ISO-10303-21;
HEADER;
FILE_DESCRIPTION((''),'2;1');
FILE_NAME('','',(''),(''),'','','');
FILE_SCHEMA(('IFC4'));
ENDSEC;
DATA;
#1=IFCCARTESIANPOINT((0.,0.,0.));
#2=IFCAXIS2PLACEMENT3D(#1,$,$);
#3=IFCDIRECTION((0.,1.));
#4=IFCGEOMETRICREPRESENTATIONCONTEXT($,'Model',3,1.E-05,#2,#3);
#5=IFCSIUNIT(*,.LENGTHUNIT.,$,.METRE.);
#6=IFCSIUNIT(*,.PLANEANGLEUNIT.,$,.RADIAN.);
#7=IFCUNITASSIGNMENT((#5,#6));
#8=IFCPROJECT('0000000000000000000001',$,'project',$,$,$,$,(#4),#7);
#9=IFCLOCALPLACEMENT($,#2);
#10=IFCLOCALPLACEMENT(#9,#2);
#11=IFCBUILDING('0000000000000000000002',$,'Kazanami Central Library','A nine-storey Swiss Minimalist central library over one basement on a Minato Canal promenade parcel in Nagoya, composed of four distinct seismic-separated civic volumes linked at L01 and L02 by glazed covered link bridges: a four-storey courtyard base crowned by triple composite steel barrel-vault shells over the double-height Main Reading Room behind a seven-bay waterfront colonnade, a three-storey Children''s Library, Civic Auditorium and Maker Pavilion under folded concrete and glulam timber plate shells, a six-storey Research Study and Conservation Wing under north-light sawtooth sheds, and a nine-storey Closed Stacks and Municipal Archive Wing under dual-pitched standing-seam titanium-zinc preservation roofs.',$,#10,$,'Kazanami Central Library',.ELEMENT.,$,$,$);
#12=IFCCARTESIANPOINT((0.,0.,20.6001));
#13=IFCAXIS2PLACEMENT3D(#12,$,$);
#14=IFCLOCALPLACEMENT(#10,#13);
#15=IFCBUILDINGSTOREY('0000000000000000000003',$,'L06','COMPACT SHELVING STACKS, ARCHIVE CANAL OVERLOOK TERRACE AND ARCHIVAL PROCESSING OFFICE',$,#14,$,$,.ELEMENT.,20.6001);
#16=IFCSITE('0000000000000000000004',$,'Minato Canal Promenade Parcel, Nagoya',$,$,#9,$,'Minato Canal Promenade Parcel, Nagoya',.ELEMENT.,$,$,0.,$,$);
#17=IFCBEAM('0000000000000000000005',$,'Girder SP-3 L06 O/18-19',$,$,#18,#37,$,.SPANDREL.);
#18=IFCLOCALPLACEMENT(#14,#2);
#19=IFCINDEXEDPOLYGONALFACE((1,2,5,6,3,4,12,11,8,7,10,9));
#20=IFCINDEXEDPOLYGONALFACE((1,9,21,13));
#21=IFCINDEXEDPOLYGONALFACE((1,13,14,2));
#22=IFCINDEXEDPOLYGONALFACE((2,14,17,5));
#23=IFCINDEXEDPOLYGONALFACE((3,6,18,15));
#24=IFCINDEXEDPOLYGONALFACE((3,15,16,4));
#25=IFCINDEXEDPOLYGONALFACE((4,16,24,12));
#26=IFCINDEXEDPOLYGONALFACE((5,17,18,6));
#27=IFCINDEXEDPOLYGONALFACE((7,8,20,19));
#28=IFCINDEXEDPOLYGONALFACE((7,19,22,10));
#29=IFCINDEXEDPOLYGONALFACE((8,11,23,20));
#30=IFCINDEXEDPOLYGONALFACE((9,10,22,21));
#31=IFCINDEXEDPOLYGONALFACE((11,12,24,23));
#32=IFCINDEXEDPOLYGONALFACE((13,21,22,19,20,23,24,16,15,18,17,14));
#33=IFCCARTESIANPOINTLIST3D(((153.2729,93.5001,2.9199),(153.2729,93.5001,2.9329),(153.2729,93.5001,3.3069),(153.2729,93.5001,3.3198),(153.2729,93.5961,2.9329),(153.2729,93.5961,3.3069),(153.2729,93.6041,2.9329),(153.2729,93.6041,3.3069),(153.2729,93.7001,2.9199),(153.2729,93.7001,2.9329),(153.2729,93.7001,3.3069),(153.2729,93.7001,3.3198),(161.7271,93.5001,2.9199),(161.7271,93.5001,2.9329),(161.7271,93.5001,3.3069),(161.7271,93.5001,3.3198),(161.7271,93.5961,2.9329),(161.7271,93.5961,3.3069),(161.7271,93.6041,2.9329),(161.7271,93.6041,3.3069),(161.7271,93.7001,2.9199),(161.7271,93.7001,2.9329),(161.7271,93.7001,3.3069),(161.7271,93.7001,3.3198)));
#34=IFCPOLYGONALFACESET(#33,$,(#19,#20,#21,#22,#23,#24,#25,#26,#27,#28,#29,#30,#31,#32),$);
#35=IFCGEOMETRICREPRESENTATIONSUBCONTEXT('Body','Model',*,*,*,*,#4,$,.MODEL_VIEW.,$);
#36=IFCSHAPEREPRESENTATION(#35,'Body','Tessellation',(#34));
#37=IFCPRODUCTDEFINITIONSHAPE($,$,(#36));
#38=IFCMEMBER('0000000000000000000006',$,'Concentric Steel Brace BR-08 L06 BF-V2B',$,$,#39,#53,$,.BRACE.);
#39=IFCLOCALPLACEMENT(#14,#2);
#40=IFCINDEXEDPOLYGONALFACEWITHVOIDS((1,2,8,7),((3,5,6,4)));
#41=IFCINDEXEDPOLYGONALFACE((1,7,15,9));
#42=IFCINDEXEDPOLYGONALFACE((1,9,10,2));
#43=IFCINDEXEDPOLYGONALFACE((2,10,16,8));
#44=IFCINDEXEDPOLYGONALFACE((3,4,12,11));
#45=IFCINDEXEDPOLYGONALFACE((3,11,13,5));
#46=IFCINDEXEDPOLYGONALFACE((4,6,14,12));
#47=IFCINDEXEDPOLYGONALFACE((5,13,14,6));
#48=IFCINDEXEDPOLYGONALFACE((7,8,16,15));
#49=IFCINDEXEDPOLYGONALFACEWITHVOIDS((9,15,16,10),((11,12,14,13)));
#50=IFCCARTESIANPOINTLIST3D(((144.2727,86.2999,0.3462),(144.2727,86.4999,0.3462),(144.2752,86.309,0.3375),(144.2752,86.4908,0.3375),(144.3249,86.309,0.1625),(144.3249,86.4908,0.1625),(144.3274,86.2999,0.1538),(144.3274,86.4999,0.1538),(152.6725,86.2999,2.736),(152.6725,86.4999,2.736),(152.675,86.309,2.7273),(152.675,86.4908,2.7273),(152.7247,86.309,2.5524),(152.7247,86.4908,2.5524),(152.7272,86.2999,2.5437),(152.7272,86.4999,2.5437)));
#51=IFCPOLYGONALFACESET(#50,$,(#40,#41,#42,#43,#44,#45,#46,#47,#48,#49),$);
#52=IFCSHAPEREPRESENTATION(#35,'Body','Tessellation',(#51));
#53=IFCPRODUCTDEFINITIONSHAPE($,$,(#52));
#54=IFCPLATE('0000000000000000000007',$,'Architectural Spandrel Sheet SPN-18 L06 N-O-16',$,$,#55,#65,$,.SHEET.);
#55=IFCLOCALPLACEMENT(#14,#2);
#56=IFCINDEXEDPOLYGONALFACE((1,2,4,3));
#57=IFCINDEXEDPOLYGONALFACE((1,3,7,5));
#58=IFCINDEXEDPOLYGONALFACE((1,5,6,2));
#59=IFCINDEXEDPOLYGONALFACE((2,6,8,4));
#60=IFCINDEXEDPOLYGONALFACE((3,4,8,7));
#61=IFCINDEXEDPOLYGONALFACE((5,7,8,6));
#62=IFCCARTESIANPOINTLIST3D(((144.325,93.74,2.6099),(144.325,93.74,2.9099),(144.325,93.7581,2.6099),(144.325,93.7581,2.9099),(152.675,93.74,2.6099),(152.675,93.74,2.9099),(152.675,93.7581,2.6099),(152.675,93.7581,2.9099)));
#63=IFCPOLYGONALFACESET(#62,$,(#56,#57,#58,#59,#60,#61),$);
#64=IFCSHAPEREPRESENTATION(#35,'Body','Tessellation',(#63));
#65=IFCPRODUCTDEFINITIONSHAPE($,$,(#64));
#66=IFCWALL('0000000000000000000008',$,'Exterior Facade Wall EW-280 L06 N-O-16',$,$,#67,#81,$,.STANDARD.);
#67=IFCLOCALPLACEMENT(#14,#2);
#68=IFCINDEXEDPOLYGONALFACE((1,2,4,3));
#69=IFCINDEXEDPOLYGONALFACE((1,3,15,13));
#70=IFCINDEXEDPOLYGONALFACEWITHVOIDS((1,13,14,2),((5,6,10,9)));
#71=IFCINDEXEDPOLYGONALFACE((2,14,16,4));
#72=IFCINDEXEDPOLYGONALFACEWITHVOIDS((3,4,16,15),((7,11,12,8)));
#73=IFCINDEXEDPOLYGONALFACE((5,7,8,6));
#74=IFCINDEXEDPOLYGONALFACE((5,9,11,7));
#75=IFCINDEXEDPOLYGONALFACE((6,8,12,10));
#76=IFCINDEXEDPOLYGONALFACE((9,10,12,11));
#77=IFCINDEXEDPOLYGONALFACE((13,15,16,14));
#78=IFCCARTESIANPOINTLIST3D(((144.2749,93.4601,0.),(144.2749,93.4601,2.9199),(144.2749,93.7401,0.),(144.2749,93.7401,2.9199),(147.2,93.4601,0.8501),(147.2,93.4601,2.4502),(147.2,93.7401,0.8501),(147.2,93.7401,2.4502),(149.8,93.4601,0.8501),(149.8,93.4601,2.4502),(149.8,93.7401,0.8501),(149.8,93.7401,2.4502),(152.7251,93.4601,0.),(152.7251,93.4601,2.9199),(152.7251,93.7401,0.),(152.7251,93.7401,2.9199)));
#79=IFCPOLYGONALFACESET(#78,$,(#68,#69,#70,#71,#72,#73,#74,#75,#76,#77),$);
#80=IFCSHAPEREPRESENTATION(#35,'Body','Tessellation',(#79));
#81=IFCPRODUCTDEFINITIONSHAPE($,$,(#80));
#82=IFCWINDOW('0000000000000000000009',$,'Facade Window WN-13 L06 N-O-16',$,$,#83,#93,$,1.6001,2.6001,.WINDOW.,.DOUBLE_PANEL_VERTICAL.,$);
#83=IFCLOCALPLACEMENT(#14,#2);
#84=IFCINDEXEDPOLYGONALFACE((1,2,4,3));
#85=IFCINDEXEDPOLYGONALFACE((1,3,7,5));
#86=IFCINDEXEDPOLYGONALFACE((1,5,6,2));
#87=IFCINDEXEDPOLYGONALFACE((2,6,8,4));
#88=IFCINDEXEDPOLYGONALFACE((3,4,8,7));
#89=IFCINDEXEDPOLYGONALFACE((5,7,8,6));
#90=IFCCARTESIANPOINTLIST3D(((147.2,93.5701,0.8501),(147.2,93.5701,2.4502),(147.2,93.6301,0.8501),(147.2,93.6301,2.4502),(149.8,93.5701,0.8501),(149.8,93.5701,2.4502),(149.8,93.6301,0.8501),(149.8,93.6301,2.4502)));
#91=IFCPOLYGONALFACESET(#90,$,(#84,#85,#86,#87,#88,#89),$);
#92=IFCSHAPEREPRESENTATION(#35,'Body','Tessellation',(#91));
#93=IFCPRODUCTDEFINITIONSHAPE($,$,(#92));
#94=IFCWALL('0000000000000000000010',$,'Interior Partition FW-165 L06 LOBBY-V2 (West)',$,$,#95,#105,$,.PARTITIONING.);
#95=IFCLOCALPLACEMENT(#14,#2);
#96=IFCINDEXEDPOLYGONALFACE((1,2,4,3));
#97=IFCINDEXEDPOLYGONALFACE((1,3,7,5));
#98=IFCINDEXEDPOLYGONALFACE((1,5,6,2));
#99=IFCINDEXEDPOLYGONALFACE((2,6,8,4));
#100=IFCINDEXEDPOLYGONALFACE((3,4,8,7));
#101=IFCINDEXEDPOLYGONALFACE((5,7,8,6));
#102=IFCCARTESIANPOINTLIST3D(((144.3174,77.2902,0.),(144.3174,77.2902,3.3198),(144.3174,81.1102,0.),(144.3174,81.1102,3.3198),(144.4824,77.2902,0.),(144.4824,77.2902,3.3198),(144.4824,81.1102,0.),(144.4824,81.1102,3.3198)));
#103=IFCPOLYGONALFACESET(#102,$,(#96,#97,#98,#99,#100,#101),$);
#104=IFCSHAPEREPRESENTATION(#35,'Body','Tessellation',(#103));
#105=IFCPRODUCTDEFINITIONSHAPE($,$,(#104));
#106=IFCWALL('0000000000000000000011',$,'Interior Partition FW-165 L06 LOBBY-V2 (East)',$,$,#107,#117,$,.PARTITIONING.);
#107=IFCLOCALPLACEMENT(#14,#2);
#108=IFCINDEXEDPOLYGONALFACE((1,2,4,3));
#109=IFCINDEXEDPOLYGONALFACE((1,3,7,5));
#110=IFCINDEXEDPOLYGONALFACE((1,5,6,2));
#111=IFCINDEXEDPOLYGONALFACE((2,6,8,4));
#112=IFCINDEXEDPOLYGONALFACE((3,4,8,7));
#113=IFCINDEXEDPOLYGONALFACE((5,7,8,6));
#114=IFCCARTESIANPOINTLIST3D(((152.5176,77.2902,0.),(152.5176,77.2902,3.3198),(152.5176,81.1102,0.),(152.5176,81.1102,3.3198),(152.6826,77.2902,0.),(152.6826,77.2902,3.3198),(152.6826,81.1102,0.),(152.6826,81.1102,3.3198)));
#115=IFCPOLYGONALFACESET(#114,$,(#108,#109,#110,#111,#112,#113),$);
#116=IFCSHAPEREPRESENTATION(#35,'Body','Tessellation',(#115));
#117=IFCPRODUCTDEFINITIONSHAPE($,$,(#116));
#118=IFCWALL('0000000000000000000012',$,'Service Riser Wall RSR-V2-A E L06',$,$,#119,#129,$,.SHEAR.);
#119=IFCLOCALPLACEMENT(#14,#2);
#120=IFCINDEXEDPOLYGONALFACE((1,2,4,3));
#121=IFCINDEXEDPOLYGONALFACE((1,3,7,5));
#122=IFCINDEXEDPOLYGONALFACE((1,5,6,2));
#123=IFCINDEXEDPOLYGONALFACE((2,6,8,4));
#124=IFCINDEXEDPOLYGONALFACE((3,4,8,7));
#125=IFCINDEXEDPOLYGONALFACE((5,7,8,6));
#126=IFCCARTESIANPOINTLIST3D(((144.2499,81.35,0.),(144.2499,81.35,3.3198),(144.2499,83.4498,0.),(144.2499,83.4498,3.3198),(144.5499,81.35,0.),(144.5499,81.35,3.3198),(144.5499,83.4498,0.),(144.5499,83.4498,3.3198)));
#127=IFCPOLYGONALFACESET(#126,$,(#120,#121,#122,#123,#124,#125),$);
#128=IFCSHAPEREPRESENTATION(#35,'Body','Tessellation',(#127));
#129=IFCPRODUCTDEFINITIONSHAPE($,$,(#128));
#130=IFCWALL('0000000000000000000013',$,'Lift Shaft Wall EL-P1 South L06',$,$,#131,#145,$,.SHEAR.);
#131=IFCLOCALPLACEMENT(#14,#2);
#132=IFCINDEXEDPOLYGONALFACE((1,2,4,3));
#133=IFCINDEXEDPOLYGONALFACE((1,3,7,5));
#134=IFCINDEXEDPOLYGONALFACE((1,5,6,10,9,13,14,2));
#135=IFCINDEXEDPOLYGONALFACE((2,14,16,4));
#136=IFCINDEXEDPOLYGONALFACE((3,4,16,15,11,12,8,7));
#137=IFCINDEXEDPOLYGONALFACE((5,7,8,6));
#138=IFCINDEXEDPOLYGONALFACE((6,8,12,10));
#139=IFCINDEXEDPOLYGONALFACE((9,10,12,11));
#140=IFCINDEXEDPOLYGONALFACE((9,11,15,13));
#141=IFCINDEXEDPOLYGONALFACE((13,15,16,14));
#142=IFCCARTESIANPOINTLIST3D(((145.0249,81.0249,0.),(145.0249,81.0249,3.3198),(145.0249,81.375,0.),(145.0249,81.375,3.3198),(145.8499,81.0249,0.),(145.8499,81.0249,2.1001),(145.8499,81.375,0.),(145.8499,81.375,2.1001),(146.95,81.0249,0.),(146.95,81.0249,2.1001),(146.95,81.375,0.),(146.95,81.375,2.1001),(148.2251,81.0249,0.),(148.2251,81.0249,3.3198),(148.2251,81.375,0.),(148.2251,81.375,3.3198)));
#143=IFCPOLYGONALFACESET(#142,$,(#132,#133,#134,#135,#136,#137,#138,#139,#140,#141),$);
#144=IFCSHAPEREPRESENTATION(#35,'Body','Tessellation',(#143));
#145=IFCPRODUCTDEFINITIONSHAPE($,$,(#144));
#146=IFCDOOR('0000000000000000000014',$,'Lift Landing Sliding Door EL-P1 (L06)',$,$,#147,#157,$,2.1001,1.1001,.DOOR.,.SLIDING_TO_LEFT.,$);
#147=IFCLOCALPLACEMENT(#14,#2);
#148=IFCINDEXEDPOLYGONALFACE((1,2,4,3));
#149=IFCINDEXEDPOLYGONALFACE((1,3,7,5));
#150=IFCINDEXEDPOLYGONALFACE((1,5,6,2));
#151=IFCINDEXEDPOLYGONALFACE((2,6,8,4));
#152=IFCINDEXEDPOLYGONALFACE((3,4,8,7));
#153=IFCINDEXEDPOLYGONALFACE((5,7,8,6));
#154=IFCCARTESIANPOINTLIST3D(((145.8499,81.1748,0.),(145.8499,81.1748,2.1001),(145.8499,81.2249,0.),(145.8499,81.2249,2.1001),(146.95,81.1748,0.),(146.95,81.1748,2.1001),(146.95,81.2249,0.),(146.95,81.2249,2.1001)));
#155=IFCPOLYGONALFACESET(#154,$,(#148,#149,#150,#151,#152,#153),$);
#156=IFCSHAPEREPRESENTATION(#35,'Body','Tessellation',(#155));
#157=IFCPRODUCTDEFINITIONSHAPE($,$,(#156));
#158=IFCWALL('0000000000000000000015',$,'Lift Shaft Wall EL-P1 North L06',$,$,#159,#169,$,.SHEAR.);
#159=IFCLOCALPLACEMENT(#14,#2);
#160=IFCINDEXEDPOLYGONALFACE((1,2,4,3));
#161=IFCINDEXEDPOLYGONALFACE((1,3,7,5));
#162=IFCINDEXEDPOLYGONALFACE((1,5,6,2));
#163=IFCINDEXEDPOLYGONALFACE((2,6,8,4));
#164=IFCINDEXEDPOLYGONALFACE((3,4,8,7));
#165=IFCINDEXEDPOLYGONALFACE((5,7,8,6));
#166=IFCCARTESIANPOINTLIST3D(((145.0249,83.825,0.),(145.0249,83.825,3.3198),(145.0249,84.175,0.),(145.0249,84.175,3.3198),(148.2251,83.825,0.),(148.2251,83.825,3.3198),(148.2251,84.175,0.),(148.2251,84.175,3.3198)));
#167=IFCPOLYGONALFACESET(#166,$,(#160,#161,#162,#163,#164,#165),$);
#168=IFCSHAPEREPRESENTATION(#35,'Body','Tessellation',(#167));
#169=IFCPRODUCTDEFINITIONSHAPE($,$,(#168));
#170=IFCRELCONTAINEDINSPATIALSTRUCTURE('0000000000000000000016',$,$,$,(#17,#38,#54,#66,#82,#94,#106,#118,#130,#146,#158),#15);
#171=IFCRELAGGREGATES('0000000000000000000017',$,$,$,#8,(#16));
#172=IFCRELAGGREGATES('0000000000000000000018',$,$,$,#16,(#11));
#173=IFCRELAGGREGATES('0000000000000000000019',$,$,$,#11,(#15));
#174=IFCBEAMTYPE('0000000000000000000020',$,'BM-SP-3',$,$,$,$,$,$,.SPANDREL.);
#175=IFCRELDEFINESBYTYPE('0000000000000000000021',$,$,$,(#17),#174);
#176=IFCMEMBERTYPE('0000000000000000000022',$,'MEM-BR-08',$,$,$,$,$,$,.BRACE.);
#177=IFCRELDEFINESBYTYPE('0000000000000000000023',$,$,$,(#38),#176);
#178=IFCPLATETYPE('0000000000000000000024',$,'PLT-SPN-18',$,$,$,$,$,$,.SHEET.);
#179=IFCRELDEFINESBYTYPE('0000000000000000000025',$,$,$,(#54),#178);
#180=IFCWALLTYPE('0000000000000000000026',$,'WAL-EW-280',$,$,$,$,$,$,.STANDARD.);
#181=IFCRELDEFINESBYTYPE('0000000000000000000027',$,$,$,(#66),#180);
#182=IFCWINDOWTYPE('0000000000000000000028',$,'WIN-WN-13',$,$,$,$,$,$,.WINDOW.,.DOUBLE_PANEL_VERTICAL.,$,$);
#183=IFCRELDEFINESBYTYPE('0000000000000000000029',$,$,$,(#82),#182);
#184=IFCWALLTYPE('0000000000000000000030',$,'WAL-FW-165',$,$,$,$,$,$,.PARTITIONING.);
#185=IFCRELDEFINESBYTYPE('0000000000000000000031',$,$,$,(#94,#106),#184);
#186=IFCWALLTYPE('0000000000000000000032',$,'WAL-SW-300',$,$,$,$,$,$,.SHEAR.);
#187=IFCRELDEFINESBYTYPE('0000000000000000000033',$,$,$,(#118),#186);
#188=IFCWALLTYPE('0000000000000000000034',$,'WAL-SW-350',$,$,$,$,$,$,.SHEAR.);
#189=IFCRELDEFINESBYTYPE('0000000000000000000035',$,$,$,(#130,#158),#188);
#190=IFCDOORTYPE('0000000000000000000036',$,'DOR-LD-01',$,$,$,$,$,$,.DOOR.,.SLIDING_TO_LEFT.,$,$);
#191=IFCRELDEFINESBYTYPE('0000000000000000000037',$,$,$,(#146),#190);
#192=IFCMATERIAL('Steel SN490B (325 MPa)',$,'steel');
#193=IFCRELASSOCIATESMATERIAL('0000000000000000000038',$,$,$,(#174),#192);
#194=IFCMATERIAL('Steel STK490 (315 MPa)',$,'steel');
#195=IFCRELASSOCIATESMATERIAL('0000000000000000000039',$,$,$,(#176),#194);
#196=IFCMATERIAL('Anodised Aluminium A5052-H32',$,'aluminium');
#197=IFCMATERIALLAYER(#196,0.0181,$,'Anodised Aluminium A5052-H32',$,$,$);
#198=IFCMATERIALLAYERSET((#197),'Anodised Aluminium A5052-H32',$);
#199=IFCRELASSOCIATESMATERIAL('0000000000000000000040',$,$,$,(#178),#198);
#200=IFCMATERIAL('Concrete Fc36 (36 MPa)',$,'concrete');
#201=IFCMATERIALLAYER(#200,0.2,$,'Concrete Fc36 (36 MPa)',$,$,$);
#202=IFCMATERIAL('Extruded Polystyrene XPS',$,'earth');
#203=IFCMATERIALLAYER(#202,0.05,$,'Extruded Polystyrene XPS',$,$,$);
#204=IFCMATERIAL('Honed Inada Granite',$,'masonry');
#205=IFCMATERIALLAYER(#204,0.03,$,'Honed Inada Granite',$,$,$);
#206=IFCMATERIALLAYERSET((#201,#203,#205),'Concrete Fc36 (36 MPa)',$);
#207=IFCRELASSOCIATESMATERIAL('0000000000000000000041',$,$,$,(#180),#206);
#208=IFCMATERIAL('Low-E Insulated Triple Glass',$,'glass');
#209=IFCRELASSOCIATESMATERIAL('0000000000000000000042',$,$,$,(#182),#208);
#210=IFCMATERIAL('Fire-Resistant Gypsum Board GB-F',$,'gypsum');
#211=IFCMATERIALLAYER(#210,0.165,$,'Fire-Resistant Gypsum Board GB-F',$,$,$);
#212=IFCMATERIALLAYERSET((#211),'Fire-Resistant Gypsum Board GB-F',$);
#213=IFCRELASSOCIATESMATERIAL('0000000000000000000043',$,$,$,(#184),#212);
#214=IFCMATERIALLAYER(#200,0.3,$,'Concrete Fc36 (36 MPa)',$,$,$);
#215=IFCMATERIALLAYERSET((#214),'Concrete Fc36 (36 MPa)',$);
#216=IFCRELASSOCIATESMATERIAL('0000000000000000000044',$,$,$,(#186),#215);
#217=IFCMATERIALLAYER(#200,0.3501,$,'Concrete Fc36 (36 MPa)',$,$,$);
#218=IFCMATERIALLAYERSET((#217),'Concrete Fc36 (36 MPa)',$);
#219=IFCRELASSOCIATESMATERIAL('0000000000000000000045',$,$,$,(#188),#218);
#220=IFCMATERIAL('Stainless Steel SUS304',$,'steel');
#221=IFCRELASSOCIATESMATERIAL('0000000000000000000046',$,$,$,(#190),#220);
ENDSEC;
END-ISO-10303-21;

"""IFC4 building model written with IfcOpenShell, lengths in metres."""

from ifc_helpers import new_model, si_unit, direction, frame, frame_2d, origin, origin_2d, place, context, subcontext, project, spatial, rectangle, hollow_rectangle, i_section, extrude, material, layer, layer_set, material_profile, profile_set, type_object, element, fill, save


model = new_model("IFC4")

# Units and contexts
model_context = context("Model", 3, precision=1e-05, world=origin(), true_north=direction((0.0, 1.0)))
body_context = subcontext(model_context, "Body", "Model", "MODEL_VIEW")
ifc_project = project(units=[si_unit("LENGTHUNIT", "METRE"), si_unit("PLANEANGLEUNIT", "RADIAN")], contexts=[model_context])

# Site, building, storey
site_placement = place(None, origin())
site = spatial("IfcSite", under=ifc_project, at=site_placement, Name="Minato Canal Promenade Parcel, Nagoya", LongName="Minato Canal Promenade Parcel, Nagoya", CompositionType="ELEMENT", RefElevation=0.0)
building_placement = place(site_placement, origin())
building = spatial("IfcBuilding", under=site, at=building_placement, Name="Kazanami Central Library", Description="A nine-storey Swiss Minimalist central library over one basement on a Minato Canal promenade parcel in Nagoya, composed of four distinct seismic-separated civic volumes linked at L01 and L02 by glazed covered link bridges: a four-storey courtyard base crowned by triple composite steel barrel-vault shells over the double-height Main Reading Room behind a seven-bay waterfront colonnade, a three-storey Children's Library, Civic Auditorium and Maker Pavilion under folded concrete and glulam timber plate shells, a six-storey Research Study and Conservation Wing under north-light sawtooth sheds, and a nine-storey Closed Stacks and Municipal Archive Wing under dual-pitched standing-seam titanium-zinc preservation roofs.", LongName="Kazanami Central Library", CompositionType="ELEMENT")
storey_placement = place(building_placement, frame((0.0, 0.0, 20.6001)))
storey = spatial("IfcBuildingStorey", under=building, at=storey_placement, Name="L06", Description="COMPACT SHELVING STACKS, ARCHIVE CANAL OVERLOOK TERRACE AND ARCHIVAL PROCESSING OFFICE", CompositionType="ELEMENT", Elevation=20.6001)

# Beam
ifc_material_1 = material(Name="Steel SN490B (325 MPa)", Category="steel")
ifc_material_profile_1 = material_profile(ifc_material_1, i_section(OverallWidth=0.2, OverallDepth=0.3999, WebThickness=0.0081, FlangeThickness=0.0129, at=origin_2d()), Name="H-400x200x8x13")
ifc_profile_set_1 = profile_set([ifc_material_profile_1], Name="Steel SN490B (325 MPa)")
beam_type_1 = type_object("IfcBeamType", Name="BM-SP-3", PredefinedType="SPANDREL", material=ifc_profile_set_1)
for number, where, z_axis, x_axis, name in (
    (1, (153.2729, 93.6001, 3.1199), (1.0, 0.0, 0.0), (0.0, 1.0, 0.0), "Girder SP-3 L06 O/18-19"),
):
    element("IfcBeam", number, at=place(storey_placement, frame(where, z_axis=z_axis, x_axis=x_axis)), inside=storey, type_object=beam_type_1, Name=name, PredefinedType="SPANDREL", context=body_context, shape_type="SweptSolid", body=[
        extrude(i_section(OverallWidth=0.2, OverallDepth=0.3999, WebThickness=0.0081, FlangeThickness=0.0129, at=origin_2d()), origin(), (0.0, 0.0, 1.0), 8.4541),
    ])

# Member
ifc_material_2 = material(Name="Steel STK490 (315 MPa)", Category="steel")
ifc_material_profile_2 = material_profile(ifc_material_2, hollow_rectangle(XDim=0.2, YDim=0.2, WallThickness=0.009, at=origin_2d()), Name="STKR-200x200x9")
ifc_profile_set_2 = profile_set([ifc_material_profile_2], Name="Steel STK490 (315 MPa)")
member_type = type_object("IfcMemberType", Name="MEM-BR-08", PredefinedType="BRACE", material=ifc_profile_set_2)
member_placement = place(storey_placement, frame((144.3, 86.3999, 0.25), z_axis=(0.961828, 0.0, 0.273654), x_axis=(0.0, 1.0, 0.0)))
element("IfcMember", 2, at=member_placement, inside=storey, type_object=member_type, Name="Concentric Steel Brace BR-08 L06 BF-V2B", PredefinedType="BRACE", context=body_context, shape_type="SweptSolid", body=[
    extrude(hollow_rectangle(XDim=0.2, YDim=0.2, WallThickness=0.009, at=origin_2d()), origin(), (0.0, 0.0, 1.0), 8.7332),
])

# Plate
ifc_material_3 = material(Name="Anodised Aluminium A5052-H32", Category="aluminium")
ifc_layer_1 = layer(ifc_material_3, 0.0181, Name="Anodised Aluminium A5052-H32")
ifc_layer_set_1 = layer_set([ifc_layer_1], Name="Anodised Aluminium A5052-H32")
plate_type = type_object("IfcPlateType", Name="PLT-SPN-18", PredefinedType="SHEET", material=ifc_layer_set_1)
plate_placement = place(storey_placement, frame((148.5, 93.749, 2.6099), z_axis=(0.0, 0.0, 1.0), x_axis=(-1.0, 0.0, 0.0)))
element("IfcPlate", 3, at=plate_placement, inside=storey, type_object=plate_type, Name="Architectural Spandrel Sheet SPN-18 L06 N-O-16", PredefinedType="SHEET", context=body_context, shape_type="SweptSolid", body=[
    extrude(rectangle(XDim=8.3501, YDim=0.0181, at=origin_2d()), origin(), (0.0, 0.0, 1.0), 0.3),
])

# Wall, opening, window
ifc_material_4 = material(Name="Concrete Fc36 (36 MPa)", Category="concrete")
ifc_layer_2 = layer(ifc_material_4, 0.2, Name="Concrete Fc36 (36 MPa)")
ifc_material_5 = material(Name="Extruded Polystyrene XPS", Category="earth")
ifc_layer_3 = layer(ifc_material_5, 0.05, Name="Extruded Polystyrene XPS")
ifc_material_6 = material(Name="Honed Inada Granite", Category="masonry")
ifc_layer_4 = layer(ifc_material_6, 0.03, Name="Honed Inada Granite")
ifc_layer_set_2 = layer_set([ifc_layer_2, ifc_layer_3, ifc_layer_4], Name="Concrete Fc36 (36 MPa)")
wall_type_1 = type_object("IfcWallType", Name="WAL-EW-280", PredefinedType="STANDARD", material=ifc_layer_set_2)
wall_1_placement = place(storey_placement, frame((152.7251, 93.6001, 0.0), z_axis=(0.0, 0.0, 1.0), x_axis=(-1.0, 0.0, 0.0)))
wall_1 = element("IfcWall", 4, at=wall_1_placement, inside=storey, type_object=wall_type_1, Name="Exterior Facade Wall EW-280 L06 N-O-16", PredefinedType="STANDARD", context=body_context, shape_type="SweptSolid", body=[
    extrude(rectangle(XDim=8.4502, YDim=0.28, at=frame_2d((4.2251, 0.0))), origin(), (0.0, 0.0, 1.0), 2.9199),
])
opening_1_placement = place(wall_1_placement, frame((2.925, 0.0, 0.8501)))
opening_1 = element("IfcOpeningElement", 5, at=opening_1_placement, cuts=wall_1, PredefinedType="OPENING", context=body_context, shape_type="SweptSolid", body=[
    extrude(rectangle(XDim=2.6001, YDim=1.6001, at=frame_2d((1.3, 0.8))), frame((0.0, 0.1519, 0.0), z_axis=(0.0, -1.0, 0.0), x_axis=(1.0, 0.0, 0.0)), (0.0, 0.0, 1.0), 0.304),
])
ifc_material_7 = material(Name="Low-E Insulated Triple Glass", Category="glass")
window_type = type_object("IfcWindowType", Name="WIN-WN-13", PartitioningType="DOUBLE_PANEL_VERTICAL", PredefinedType="WINDOW", material=ifc_material_7)
window_placement = place(opening_1_placement, origin())
window = element("IfcWindow", 6, at=window_placement, inside=storey, type_object=window_type, Name="Facade Window WN-13 L06 N-O-16", OverallHeight=1.6001, OverallWidth=2.6001, PartitioningType="DOUBLE_PANEL_VERTICAL", PredefinedType="WINDOW", context=body_context, shape_type="SweptSolid", body=[
    extrude(rectangle(XDim=2.6001, YDim=1.6001, at=frame_2d((1.3, 0.8))), frame((0.0, 0.03, 0.0), z_axis=(0.0, -1.0, 0.0), x_axis=(1.0, 0.0, 0.0)), (0.0, 0.0, 1.0), 0.0601),
])
fill(opening_1, window)

# Walls
ifc_material_8 = material(Name="Fire-Resistant Gypsum Board GB-F", Category="gypsum")
ifc_layer_5 = layer(ifc_material_8, 0.165, Name="Fire-Resistant Gypsum Board GB-F")
ifc_layer_set_3 = layer_set([ifc_layer_5], Name="Fire-Resistant Gypsum Board GB-F")
wall_type_2 = type_object("IfcWallType", Name="WAL-FW-165", PredefinedType="PARTITIONING", material=ifc_layer_set_3)
for number, where, z_axis, x_axis, name in (
    (7, (144.3999, 77.29, 0.0), (0.0, 0.0, 1.0), (0.0, 1.0, 0.0), "Interior Partition FW-165 L06 LOBBY-V2 (West)"),
    (8, (152.6001, 77.29, 0.0), (0.0, 0.0, 1.0), (0.0, 1.0, 0.0), "Interior Partition FW-165 L06 LOBBY-V2 (East)"),
):
    element("IfcWall", number, at=place(storey_placement, frame(where, z_axis=z_axis, x_axis=x_axis)), inside=storey, type_object=wall_type_2, Name=name, PredefinedType="PARTITIONING", context=body_context, shape_type="SweptSolid", body=[
        extrude(rectangle(XDim=3.8201, YDim=0.165, at=frame_2d((1.9102, 0.0))), origin(), (0.0, 0.0, 1.0), 3.3198),
    ])
ifc_layer_6 = layer(ifc_material_4, 0.3, Name="Concrete Fc36 (36 MPa)")
ifc_layer_set_4 = layer_set([ifc_layer_6], Name="Concrete Fc36 (36 MPa)")
wall_type_3 = type_object("IfcWallType", Name="WAL-SW-300", PredefinedType="SHEAR", material=ifc_layer_set_4)
wall_2_placement = place(storey_placement, frame((144.3999, 81.3501, 0.0), z_axis=(0.0, 0.0, 1.0), x_axis=(0.0, 1.0, 0.0)))
element("IfcWall", 9, at=wall_2_placement, inside=storey, type_object=wall_type_3, Name="Service Riser Wall RSR-V2-A E L06", PredefinedType="SHEAR", context=body_context, shape_type="SweptSolid", body=[
    extrude(rectangle(XDim=2.0999, YDim=0.3, at=frame_2d((1.0498, 0.0))), origin(), (0.0, 0.0, 1.0), 3.3198),
])

# Wall, opening, door
ifc_layer_7 = layer(ifc_material_4, 0.3501, Name="Concrete Fc36 (36 MPa)")
ifc_layer_set_5 = layer_set([ifc_layer_7], Name="Concrete Fc36 (36 MPa)")
wall_type_4 = type_object("IfcWallType", Name="WAL-SW-350", PredefinedType="SHEAR", material=ifc_layer_set_5)
wall_3_placement = place(storey_placement, frame((145.0249, 81.2, 0.0), z_axis=(0.0, 0.0, 1.0), x_axis=(1.0, 0.0, 0.0)))
wall_3 = element("IfcWall", 10, at=wall_3_placement, inside=storey, type_object=wall_type_4, Name="Lift Shaft Wall EL-P1 South L06", PredefinedType="SHEAR", context=body_context, shape_type="SweptSolid", body=[
    extrude(rectangle(XDim=3.2002, YDim=0.3501, at=frame_2d((1.6001, 0.0))), origin(), (0.0, 0.0, 1.0), 3.3198),
])
opening_2_placement = place(wall_3_placement, frame((0.825, 0.0, 0.0)))
opening_2 = element("IfcOpeningElement", 11, at=opening_2_placement, cuts=wall_3, PredefinedType="OPENING", context=body_context, shape_type="SweptSolid", body=[
    extrude(rectangle(XDim=1.1001, YDim=2.1001, at=frame_2d((0.55, 1.05))), frame((0.0, 0.187, 0.0), z_axis=(0.0, -1.0, 0.0), x_axis=(1.0, 0.0, 0.0)), (0.0, 0.0, 1.0), 0.374),
])
ifc_material_9 = material(Name="Stainless Steel SUS304", Category="steel")
door_type_1 = type_object("IfcDoorType", Name="DOR-LD-01", OperationType="SLIDING_TO_LEFT", PredefinedType="DOOR", material=ifc_material_9)
door_1_placement = place(opening_2_placement, origin())
door_1 = element("IfcDoor", 12, at=door_1_placement, inside=storey, type_object=door_type_1, Name="Lift Landing Sliding Door EL-P1 (L06)", OperationType="SLIDING_TO_LEFT", OverallHeight=2.1001, OverallWidth=1.1001, PredefinedType="DOOR", context=body_context, shape_type="SweptSolid", body=[
    extrude(rectangle(XDim=1.1001, YDim=2.1001, at=frame_2d((0.55, 1.05))), frame((0.0, 0.0249, 0.0), z_axis=(0.0, -1.0, 0.0), x_axis=(1.0, 0.0, 0.0)), (0.0, 0.0, 1.0), 0.05),
])
fill(opening_2, door_1)

# Wall
wall_4_placement = place(storey_placement, frame((145.0249, 84.0, 0.0), z_axis=(0.0, 0.0, 1.0), x_axis=(1.0, 0.0, 0.0)))
element("IfcWall", 13, at=wall_4_placement, inside=storey, type_object=wall_type_4, Name="Lift Shaft Wall EL-P1 North L06", PredefinedType="SHEAR", context=body_context, shape_type="SweptSolid", body=[
    extrude(rectangle(XDim=3.2002, YDim=0.3501, at=frame_2d((1.6001, 0.0))), origin(), (0.0, 0.0, 1.0), 3.3198),
])

save(model, "model.ifc")
